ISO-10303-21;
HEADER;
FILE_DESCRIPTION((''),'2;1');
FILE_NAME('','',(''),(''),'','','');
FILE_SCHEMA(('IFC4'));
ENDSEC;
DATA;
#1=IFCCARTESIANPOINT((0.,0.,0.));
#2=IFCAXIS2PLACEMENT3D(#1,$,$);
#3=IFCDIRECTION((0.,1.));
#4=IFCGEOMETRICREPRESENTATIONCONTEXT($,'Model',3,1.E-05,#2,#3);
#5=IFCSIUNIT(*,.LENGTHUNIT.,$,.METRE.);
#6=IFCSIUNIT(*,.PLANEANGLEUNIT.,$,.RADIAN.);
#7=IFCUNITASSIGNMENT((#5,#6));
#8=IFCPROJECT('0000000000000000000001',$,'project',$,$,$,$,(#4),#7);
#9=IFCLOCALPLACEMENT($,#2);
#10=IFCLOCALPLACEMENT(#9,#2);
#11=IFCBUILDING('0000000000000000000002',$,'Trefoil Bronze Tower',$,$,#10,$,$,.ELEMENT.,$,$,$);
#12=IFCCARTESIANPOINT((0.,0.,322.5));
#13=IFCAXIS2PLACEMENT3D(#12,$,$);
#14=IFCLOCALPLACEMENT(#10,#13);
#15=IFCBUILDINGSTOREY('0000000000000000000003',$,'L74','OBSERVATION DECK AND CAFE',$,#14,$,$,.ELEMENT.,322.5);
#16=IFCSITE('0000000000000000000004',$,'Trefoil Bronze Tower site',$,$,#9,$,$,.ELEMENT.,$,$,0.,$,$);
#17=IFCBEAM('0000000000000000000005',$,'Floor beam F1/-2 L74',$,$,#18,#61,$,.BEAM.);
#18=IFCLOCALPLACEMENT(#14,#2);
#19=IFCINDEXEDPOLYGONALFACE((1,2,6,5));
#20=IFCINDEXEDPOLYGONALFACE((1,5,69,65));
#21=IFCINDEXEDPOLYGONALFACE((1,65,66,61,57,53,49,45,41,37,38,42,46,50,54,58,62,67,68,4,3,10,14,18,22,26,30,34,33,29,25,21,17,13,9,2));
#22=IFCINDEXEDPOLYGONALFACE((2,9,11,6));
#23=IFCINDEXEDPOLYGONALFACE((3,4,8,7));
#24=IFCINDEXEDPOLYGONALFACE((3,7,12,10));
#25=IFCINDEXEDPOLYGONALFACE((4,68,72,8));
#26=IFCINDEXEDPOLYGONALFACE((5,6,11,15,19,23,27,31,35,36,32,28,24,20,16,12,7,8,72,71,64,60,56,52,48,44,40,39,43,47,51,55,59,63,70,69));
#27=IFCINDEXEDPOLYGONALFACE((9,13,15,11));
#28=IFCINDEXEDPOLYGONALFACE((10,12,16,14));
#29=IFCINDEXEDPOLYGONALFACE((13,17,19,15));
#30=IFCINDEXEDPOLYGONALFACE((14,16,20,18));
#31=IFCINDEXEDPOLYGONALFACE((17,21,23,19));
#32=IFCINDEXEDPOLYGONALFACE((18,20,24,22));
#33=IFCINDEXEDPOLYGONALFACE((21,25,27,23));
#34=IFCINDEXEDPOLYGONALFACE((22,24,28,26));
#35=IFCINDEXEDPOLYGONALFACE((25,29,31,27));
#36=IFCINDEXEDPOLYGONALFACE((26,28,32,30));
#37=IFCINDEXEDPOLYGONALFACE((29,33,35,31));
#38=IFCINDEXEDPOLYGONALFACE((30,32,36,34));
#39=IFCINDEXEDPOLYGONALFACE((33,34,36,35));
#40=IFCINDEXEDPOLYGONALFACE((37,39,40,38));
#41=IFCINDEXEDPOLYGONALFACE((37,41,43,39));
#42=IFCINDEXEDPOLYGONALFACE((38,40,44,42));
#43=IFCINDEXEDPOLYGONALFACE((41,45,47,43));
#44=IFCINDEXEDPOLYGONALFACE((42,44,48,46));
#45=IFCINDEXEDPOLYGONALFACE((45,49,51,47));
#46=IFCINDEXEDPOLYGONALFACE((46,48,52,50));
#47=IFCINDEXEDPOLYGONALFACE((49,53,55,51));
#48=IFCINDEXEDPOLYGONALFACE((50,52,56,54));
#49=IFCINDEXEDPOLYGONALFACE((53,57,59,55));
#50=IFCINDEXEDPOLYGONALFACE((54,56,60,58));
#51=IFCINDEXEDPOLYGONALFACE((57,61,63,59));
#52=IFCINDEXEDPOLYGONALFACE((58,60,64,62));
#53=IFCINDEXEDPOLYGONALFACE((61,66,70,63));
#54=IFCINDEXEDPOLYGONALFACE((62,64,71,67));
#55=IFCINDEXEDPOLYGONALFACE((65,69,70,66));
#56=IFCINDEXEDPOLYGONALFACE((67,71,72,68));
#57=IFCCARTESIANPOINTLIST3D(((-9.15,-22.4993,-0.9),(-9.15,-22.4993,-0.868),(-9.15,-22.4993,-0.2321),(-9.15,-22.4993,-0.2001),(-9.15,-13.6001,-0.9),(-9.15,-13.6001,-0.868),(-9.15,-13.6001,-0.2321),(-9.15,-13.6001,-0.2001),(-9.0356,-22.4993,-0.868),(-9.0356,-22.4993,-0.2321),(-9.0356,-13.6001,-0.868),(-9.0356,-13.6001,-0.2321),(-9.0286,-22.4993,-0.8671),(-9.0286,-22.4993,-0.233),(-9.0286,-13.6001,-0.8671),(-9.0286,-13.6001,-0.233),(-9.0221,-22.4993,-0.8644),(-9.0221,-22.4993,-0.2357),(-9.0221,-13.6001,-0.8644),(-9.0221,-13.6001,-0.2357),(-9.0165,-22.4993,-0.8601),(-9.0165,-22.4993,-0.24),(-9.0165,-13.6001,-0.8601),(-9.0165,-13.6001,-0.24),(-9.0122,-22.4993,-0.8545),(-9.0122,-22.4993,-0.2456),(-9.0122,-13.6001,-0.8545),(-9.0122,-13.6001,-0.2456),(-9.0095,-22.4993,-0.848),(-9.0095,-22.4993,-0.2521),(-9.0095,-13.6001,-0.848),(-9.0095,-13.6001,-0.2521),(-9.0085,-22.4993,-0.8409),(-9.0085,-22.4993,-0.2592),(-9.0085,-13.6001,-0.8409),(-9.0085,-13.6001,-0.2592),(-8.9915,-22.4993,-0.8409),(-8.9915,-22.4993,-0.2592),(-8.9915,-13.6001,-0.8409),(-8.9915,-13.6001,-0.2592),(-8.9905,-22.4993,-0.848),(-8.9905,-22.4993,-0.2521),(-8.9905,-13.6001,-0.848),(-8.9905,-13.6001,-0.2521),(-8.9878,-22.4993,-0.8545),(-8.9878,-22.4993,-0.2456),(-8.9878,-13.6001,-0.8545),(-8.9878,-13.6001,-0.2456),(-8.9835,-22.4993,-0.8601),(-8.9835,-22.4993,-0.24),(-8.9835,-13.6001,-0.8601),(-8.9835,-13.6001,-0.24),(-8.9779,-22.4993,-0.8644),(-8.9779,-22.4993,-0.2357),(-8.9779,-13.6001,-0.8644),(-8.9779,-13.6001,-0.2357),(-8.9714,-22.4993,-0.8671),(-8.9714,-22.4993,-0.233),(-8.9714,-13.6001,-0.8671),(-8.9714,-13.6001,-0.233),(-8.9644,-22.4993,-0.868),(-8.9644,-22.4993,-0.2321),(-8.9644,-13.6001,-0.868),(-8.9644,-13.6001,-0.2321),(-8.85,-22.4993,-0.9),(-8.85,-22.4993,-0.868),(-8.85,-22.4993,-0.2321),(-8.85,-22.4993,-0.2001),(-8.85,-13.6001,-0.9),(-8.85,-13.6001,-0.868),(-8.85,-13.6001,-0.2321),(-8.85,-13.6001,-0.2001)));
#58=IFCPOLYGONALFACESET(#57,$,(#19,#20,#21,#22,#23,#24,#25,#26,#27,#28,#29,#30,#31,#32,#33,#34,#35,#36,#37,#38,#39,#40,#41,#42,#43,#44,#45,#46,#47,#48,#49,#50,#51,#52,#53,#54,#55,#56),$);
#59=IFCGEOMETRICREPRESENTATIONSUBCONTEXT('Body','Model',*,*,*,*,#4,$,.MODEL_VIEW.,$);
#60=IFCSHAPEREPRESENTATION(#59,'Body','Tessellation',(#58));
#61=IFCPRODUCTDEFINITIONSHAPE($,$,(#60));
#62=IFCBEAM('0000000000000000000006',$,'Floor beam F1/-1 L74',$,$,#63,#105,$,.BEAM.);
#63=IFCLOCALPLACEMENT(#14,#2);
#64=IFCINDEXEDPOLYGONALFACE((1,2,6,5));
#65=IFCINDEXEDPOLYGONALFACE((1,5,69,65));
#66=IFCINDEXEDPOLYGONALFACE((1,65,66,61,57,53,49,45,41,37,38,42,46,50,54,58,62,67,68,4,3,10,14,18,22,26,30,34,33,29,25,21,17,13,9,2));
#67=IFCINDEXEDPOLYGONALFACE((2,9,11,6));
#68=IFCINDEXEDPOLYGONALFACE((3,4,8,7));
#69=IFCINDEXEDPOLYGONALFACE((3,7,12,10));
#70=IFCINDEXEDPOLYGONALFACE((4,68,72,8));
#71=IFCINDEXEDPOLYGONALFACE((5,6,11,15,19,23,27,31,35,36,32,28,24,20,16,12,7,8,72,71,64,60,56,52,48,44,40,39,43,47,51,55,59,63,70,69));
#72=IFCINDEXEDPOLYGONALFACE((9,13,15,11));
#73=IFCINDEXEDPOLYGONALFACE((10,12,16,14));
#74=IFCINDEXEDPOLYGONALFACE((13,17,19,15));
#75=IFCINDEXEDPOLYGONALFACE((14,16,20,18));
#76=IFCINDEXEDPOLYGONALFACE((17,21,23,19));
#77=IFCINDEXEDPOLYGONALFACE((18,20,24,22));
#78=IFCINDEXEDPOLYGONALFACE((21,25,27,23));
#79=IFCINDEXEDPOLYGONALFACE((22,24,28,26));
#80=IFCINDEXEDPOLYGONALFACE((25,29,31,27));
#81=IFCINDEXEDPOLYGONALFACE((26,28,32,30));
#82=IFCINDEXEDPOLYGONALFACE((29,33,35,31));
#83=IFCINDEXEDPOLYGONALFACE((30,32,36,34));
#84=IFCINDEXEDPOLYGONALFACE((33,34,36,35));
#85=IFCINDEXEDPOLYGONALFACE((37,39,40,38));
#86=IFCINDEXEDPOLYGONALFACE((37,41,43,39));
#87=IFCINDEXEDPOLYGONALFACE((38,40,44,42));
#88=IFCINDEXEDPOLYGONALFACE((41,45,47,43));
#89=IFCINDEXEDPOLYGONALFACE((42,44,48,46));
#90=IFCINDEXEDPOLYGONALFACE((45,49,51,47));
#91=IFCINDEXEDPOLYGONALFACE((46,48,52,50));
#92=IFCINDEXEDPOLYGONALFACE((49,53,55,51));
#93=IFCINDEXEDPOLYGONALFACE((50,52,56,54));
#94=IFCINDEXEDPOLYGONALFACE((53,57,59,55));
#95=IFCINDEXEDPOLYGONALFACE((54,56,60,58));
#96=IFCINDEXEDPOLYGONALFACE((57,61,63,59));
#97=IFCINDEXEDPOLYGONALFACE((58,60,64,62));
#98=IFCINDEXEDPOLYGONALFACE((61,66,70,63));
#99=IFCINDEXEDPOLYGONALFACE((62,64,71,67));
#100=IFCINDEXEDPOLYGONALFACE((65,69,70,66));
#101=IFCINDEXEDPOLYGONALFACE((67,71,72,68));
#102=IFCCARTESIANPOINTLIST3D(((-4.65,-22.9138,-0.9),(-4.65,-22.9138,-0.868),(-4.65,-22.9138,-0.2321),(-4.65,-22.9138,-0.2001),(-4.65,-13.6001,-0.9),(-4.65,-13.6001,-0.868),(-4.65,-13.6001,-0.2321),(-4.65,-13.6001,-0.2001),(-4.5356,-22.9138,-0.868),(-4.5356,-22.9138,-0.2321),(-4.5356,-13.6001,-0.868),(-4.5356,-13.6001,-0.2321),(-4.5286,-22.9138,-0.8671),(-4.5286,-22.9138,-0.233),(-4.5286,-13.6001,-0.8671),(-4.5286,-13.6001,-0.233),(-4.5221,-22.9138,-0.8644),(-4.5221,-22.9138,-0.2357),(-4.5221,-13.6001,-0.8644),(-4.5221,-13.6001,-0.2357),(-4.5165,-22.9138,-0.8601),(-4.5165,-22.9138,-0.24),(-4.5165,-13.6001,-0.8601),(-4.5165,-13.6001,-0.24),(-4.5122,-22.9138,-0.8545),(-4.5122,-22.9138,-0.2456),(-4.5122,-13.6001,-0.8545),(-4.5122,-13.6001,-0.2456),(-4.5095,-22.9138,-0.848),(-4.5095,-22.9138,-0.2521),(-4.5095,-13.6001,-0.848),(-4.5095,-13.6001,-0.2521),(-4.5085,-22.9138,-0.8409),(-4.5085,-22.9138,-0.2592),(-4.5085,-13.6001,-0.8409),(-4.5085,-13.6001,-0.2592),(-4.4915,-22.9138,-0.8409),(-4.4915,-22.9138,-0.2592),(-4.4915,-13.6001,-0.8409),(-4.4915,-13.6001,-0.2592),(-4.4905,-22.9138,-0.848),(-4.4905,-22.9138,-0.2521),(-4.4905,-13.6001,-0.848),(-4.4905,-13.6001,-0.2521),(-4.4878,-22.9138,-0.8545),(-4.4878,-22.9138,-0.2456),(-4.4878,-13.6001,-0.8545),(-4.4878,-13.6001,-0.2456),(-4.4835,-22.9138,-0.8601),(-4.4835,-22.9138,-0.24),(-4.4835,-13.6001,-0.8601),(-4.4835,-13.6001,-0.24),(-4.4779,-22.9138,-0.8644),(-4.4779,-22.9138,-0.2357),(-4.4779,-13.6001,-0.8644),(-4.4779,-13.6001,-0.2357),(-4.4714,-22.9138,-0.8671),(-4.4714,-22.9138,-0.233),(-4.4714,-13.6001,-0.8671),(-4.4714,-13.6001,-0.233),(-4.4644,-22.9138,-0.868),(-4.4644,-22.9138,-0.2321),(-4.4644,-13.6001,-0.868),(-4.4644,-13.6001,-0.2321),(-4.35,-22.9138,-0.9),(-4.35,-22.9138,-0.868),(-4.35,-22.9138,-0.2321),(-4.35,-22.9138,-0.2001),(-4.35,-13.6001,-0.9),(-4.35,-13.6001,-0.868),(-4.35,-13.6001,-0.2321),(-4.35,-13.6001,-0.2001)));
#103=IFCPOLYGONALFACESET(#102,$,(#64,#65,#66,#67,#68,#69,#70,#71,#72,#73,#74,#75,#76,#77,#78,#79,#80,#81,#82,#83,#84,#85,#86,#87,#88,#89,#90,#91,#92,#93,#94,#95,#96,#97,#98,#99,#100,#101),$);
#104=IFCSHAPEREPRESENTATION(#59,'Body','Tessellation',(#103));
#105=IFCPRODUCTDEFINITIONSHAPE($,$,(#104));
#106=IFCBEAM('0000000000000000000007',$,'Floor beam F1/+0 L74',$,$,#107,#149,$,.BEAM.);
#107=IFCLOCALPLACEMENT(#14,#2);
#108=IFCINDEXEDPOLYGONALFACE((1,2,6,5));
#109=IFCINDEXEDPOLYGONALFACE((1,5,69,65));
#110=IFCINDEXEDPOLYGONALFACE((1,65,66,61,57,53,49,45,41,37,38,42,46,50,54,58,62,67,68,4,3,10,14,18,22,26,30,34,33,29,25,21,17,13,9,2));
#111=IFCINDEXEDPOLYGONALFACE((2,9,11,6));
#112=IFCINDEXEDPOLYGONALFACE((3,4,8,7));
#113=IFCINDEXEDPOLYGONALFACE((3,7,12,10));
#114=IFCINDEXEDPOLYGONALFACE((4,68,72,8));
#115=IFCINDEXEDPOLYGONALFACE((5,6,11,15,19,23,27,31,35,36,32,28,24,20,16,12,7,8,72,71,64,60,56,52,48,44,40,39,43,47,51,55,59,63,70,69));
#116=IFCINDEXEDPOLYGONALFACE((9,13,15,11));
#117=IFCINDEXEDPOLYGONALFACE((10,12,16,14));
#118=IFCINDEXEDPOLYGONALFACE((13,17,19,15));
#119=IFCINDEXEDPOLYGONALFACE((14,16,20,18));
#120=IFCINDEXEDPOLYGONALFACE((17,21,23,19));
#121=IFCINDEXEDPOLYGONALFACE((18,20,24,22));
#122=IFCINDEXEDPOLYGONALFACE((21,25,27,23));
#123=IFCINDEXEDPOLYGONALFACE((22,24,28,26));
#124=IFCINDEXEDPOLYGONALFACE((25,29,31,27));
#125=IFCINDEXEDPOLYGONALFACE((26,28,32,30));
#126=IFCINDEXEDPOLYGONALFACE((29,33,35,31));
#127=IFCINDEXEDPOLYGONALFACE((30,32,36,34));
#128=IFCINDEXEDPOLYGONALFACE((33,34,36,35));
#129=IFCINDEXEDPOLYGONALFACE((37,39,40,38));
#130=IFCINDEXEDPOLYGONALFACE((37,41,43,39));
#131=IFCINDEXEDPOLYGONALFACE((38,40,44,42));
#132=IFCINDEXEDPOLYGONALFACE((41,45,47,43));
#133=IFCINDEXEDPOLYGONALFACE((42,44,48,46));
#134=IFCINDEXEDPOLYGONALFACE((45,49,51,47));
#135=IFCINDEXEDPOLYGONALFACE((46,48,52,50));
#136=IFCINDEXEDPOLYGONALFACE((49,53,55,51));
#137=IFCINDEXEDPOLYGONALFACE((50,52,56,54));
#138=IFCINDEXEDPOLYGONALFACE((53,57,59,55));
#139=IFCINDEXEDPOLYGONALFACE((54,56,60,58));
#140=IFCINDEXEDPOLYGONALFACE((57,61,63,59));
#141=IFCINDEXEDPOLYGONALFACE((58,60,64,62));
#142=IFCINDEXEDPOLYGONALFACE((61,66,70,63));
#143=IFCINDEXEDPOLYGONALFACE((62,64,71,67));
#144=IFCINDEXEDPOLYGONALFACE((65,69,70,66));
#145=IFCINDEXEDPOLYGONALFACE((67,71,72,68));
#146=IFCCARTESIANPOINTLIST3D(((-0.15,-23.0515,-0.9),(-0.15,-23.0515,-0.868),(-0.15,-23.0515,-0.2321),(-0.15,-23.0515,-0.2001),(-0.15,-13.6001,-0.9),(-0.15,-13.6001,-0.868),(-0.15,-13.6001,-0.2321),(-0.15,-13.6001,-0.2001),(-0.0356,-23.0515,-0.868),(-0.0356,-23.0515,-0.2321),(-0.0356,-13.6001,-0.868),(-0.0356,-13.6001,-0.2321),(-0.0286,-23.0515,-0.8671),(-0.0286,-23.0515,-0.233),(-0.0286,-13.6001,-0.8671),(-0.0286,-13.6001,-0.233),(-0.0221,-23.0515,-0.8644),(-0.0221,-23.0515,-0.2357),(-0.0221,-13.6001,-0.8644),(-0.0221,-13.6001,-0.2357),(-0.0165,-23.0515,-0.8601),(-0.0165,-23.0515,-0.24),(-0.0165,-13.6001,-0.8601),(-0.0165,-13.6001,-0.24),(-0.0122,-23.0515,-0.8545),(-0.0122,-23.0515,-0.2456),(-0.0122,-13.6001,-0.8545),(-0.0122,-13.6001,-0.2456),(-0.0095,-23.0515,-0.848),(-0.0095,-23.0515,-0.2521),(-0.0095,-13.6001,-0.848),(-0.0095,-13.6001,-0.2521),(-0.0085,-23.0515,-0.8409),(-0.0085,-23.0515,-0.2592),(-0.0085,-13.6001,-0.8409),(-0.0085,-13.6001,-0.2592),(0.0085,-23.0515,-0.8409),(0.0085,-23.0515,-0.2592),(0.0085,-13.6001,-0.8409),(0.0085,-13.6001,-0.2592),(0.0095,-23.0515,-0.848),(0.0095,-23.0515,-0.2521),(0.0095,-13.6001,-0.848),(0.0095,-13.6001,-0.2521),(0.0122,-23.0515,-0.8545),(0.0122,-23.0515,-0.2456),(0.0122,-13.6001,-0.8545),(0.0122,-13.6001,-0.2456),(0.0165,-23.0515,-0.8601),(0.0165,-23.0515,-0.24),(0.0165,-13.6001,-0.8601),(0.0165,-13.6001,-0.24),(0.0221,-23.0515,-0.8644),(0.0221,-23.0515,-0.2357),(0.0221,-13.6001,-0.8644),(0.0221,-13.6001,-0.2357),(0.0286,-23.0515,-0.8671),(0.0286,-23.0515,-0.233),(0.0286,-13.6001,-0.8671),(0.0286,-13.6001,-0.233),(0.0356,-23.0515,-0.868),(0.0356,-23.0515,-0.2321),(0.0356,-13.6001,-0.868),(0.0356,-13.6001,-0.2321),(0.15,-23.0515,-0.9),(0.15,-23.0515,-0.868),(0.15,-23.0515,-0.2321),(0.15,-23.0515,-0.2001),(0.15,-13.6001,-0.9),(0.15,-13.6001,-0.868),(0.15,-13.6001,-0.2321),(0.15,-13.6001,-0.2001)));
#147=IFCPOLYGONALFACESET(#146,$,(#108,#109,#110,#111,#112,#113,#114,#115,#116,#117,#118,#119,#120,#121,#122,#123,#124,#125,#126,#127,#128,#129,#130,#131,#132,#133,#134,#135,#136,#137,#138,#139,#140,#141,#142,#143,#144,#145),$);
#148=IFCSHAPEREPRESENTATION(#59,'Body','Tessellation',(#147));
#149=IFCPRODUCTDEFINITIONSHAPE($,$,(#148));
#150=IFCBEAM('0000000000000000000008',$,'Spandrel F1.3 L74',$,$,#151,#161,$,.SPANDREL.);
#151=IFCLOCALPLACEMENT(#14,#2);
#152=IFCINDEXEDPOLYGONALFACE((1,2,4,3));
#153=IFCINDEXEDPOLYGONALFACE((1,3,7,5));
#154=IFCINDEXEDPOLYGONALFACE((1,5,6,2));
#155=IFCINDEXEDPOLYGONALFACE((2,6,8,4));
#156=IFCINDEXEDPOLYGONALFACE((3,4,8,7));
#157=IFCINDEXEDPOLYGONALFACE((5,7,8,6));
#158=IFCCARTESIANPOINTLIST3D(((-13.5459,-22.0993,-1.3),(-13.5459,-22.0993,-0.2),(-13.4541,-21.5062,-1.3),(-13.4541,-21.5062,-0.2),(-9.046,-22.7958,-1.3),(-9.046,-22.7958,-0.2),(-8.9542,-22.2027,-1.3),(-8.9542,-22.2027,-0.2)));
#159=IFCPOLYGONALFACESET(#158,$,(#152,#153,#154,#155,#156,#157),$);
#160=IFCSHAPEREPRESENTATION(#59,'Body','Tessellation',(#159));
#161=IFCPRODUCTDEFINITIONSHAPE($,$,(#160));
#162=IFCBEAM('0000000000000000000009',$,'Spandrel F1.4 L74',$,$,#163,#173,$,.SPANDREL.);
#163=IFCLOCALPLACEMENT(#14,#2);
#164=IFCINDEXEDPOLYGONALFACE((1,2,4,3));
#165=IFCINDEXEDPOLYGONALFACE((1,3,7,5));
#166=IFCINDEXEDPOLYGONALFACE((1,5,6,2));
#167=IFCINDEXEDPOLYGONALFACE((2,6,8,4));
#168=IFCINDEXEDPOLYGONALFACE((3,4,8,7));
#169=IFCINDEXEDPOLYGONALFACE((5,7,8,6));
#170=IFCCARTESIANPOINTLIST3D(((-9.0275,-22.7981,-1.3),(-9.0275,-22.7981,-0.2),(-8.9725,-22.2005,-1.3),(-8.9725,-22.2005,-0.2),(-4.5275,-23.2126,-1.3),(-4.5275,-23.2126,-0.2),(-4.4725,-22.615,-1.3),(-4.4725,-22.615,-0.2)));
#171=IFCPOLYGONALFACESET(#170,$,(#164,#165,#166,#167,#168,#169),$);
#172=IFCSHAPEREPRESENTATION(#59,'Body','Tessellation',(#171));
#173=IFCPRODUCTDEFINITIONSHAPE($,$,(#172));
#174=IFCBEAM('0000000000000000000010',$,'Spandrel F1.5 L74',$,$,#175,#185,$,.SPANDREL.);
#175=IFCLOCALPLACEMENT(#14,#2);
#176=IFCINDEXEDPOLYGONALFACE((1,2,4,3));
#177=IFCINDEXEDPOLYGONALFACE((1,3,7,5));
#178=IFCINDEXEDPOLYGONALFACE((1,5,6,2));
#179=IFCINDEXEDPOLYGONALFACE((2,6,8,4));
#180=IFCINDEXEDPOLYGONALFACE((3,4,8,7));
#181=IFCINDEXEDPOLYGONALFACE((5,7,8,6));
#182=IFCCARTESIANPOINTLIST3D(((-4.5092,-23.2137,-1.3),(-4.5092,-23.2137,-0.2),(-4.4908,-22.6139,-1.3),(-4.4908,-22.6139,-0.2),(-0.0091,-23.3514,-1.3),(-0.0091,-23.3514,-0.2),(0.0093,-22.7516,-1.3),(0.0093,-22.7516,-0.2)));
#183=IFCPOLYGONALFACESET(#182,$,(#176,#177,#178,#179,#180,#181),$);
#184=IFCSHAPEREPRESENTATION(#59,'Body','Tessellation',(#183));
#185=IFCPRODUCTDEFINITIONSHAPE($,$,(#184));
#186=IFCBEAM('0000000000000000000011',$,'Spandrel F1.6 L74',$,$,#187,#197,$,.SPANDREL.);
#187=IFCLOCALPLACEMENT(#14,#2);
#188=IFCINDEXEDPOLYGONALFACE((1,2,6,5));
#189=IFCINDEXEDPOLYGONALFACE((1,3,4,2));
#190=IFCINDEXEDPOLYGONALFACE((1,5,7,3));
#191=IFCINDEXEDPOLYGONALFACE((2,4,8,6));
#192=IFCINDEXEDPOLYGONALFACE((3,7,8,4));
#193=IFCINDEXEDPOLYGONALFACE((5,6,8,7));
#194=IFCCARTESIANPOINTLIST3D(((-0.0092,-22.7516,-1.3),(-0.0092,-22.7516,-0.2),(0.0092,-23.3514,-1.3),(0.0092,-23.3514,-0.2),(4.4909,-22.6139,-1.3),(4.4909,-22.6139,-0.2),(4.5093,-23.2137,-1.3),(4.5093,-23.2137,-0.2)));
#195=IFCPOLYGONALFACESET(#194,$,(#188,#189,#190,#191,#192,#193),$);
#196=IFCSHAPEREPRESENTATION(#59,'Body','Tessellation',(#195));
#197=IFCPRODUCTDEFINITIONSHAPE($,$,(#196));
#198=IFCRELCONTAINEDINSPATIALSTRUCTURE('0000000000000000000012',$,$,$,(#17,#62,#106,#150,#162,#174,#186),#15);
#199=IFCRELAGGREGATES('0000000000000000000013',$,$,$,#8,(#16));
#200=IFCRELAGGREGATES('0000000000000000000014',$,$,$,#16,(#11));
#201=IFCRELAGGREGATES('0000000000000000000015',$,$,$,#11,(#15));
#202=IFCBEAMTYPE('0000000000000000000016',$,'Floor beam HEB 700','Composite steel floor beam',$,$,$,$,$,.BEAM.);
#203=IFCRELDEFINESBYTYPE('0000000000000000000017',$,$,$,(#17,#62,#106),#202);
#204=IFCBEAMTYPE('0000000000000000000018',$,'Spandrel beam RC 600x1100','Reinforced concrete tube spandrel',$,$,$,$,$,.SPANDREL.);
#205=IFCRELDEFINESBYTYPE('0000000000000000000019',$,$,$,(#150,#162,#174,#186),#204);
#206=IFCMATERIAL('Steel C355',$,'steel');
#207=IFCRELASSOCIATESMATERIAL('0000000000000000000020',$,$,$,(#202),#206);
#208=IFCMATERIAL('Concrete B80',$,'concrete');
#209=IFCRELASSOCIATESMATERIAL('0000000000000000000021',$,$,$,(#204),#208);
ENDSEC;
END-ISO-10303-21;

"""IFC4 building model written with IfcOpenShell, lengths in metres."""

from ifc_helpers import new_model, si_unit, direction, frame, origin, origin_2d, place, context, subcontext, project, spatial, rectangle, i_section, extrude, material, material_profile, profile_set, type_object, element, save


model = new_model("IFC4")

# Units and contexts
model_context = context("Model", 3, precision=1e-05, world=origin(), true_north=direction((0.0, 1.0)))
body_context = subcontext(model_context, "Body", "Model", "MODEL_VIEW")
ifc_project = project(units=[si_unit("LENGTHUNIT", "METRE"), si_unit("PLANEANGLEUNIT", "RADIAN")], contexts=[model_context])

# Site, building, storey
site_placement = place(None, origin())
site = spatial("IfcSite", under=ifc_project, at=site_placement, Name="Trefoil Bronze Tower site", CompositionType="ELEMENT", RefElevation=0.0)
building_placement = place(site_placement, origin())
building = spatial("IfcBuilding", under=site, at=building_placement, Name="Trefoil Bronze Tower", CompositionType="ELEMENT")
storey_placement = place(building_placement, frame((0.0, 0.0, 322.5)))
storey = spatial("IfcBuildingStorey", under=building, at=storey_placement, Name="L74", Description="OBSERVATION DECK AND CAFE", CompositionType="ELEMENT", Elevation=322.5)

# Beams
ifc_material_1 = material(Name="Steel C355", Category="steel")
ifc_material_profile_1 = material_profile(ifc_material_1, i_section(OverallWidth=0.3, OverallDepth=0.7, WebThickness=0.0171, FlangeThickness=0.032, FilletRadius=0.0271, at=origin_2d()), Name="HEB 700")
ifc_profile_set_1 = profile_set([ifc_material_profile_1], Name="Steel C355")
beam_type_1 = type_object("IfcBeamType", Name="Floor beam HEB 700", Description="Composite steel floor beam", PredefinedType="BEAM", material=ifc_profile_set_1)
beam_1_placement = place(storey_placement, frame((-9.0, -22.4993, -0.55), z_axis=(0.0, 1.0, 0.0), x_axis=(-1.0, 0.0, 0.0)))
element("IfcBeam", 1, at=beam_1_placement, inside=storey, type_object=beam_type_1, Name="Floor beam F1/-2 L74", PredefinedType="BEAM", context=body_context, shape_type="SweptSolid", body=[
    extrude(i_section(OverallWidth=0.3, OverallDepth=0.7, WebThickness=0.0171, FlangeThickness=0.032, FilletRadius=0.0271, at=origin_2d()), origin(), (0.0, 0.0, 1.0), 8.8992),
])
beam_2_placement = place(storey_placement, frame((-4.5, -22.9138, -0.55), z_axis=(0.0, 1.0, 0.0), x_axis=(-1.0, 0.0, 0.0)))
element("IfcBeam", 2, at=beam_2_placement, inside=storey, type_object=beam_type_1, Name="Floor beam F1/-1 L74", PredefinedType="BEAM", context=body_context, shape_type="SweptSolid", body=[
    extrude(i_section(OverallWidth=0.3, OverallDepth=0.7, WebThickness=0.0171, FlangeThickness=0.032, FilletRadius=0.0271, at=origin_2d()), origin(), (0.0, 0.0, 1.0), 9.3137),
])
beam_3_placement = place(storey_placement, frame((0.0, -23.0515, -0.55), z_axis=(0.0, 1.0, 0.0), x_axis=(-1.0, 0.0, 0.0)))
element("IfcBeam", 3, at=beam_3_placement, inside=storey, type_object=beam_type_1, Name="Floor beam F1/+0 L74", PredefinedType="BEAM", context=body_context, shape_type="SweptSolid", body=[
    extrude(i_section(OverallWidth=0.3, OverallDepth=0.7, WebThickness=0.0171, FlangeThickness=0.032, FilletRadius=0.0271, at=origin_2d()), origin(), (0.0, 0.0, 1.0), 9.4514),
])
ifc_material_2 = material(Name="Concrete B80", Category="concrete")
ifc_material_profile_2 = material_profile(ifc_material_2, rectangle(XDim=0.6001, YDim=1.1001, at=origin_2d()), Name="RC 600x1100")
ifc_profile_set_2 = profile_set([ifc_material_profile_2], Name="Concrete B80")
beam_type_2 = type_object("IfcBeamType", Name="Spandrel beam RC 600x1100", Description="Reinforced concrete tube spandrel", PredefinedType="SPANDREL", material=ifc_profile_set_2)
beam_4_placement = place(storey_placement, frame((-13.5, -21.8027, -0.75), z_axis=(0.988232, -0.152964, 0.0), x_axis=(0.152964, 0.988232, 0.0)))
element("IfcBeam", 4, at=beam_4_placement, inside=storey, type_object=beam_type_2, Name="Spandrel F1.3 L74", PredefinedType="SPANDREL", context=body_context, shape_type="SweptSolid", body=[
    extrude(rectangle(XDim=0.6001, YDim=1.1001, at=origin_2d()), origin(), (0.0, 0.0, 1.0), 4.5535),
])
beam_5_placement = place(storey_placement, frame((-9.0, -22.4993, -0.75), z_axis=(0.995784, -0.091734, 0.0), x_axis=(0.091734, 0.995784, 0.0)))
element("IfcBeam", 5, at=beam_5_placement, inside=storey, type_object=beam_type_2, Name="Spandrel F1.4 L74", PredefinedType="SPANDREL", context=body_context, shape_type="SweptSolid", body=[
    extrude(rectangle(XDim=0.6001, YDim=1.1001, at=origin_2d()), origin(), (0.0, 0.0, 1.0), 4.519),
])
for number, where, z_axis, x_axis, name in (
    (6, (-4.5, -22.9138, -0.75), (0.999532, -0.030585, 0.0), (0.030585, 0.999532, 0.0), "Spandrel F1.5 L74"),
    (7, (0.0, -23.0515, -0.75), (0.999532, 0.030585, 0.0), (-0.030585, 0.999532, 0.0), "Spandrel F1.6 L74"),
):
    element("IfcBeam", number, at=place(storey_placement, frame(where, z_axis=z_axis, x_axis=x_axis)), inside=storey, type_object=beam_type_2, Name=name, PredefinedType="SPANDREL", context=body_context, shape_type="SweptSolid", body=[
        extrude(rectangle(XDim=0.6001, YDim=1.1001, at=origin_2d()), origin(), (0.0, 0.0, 1.0), 4.5022),
    ])

save(model, "model.ifc")
